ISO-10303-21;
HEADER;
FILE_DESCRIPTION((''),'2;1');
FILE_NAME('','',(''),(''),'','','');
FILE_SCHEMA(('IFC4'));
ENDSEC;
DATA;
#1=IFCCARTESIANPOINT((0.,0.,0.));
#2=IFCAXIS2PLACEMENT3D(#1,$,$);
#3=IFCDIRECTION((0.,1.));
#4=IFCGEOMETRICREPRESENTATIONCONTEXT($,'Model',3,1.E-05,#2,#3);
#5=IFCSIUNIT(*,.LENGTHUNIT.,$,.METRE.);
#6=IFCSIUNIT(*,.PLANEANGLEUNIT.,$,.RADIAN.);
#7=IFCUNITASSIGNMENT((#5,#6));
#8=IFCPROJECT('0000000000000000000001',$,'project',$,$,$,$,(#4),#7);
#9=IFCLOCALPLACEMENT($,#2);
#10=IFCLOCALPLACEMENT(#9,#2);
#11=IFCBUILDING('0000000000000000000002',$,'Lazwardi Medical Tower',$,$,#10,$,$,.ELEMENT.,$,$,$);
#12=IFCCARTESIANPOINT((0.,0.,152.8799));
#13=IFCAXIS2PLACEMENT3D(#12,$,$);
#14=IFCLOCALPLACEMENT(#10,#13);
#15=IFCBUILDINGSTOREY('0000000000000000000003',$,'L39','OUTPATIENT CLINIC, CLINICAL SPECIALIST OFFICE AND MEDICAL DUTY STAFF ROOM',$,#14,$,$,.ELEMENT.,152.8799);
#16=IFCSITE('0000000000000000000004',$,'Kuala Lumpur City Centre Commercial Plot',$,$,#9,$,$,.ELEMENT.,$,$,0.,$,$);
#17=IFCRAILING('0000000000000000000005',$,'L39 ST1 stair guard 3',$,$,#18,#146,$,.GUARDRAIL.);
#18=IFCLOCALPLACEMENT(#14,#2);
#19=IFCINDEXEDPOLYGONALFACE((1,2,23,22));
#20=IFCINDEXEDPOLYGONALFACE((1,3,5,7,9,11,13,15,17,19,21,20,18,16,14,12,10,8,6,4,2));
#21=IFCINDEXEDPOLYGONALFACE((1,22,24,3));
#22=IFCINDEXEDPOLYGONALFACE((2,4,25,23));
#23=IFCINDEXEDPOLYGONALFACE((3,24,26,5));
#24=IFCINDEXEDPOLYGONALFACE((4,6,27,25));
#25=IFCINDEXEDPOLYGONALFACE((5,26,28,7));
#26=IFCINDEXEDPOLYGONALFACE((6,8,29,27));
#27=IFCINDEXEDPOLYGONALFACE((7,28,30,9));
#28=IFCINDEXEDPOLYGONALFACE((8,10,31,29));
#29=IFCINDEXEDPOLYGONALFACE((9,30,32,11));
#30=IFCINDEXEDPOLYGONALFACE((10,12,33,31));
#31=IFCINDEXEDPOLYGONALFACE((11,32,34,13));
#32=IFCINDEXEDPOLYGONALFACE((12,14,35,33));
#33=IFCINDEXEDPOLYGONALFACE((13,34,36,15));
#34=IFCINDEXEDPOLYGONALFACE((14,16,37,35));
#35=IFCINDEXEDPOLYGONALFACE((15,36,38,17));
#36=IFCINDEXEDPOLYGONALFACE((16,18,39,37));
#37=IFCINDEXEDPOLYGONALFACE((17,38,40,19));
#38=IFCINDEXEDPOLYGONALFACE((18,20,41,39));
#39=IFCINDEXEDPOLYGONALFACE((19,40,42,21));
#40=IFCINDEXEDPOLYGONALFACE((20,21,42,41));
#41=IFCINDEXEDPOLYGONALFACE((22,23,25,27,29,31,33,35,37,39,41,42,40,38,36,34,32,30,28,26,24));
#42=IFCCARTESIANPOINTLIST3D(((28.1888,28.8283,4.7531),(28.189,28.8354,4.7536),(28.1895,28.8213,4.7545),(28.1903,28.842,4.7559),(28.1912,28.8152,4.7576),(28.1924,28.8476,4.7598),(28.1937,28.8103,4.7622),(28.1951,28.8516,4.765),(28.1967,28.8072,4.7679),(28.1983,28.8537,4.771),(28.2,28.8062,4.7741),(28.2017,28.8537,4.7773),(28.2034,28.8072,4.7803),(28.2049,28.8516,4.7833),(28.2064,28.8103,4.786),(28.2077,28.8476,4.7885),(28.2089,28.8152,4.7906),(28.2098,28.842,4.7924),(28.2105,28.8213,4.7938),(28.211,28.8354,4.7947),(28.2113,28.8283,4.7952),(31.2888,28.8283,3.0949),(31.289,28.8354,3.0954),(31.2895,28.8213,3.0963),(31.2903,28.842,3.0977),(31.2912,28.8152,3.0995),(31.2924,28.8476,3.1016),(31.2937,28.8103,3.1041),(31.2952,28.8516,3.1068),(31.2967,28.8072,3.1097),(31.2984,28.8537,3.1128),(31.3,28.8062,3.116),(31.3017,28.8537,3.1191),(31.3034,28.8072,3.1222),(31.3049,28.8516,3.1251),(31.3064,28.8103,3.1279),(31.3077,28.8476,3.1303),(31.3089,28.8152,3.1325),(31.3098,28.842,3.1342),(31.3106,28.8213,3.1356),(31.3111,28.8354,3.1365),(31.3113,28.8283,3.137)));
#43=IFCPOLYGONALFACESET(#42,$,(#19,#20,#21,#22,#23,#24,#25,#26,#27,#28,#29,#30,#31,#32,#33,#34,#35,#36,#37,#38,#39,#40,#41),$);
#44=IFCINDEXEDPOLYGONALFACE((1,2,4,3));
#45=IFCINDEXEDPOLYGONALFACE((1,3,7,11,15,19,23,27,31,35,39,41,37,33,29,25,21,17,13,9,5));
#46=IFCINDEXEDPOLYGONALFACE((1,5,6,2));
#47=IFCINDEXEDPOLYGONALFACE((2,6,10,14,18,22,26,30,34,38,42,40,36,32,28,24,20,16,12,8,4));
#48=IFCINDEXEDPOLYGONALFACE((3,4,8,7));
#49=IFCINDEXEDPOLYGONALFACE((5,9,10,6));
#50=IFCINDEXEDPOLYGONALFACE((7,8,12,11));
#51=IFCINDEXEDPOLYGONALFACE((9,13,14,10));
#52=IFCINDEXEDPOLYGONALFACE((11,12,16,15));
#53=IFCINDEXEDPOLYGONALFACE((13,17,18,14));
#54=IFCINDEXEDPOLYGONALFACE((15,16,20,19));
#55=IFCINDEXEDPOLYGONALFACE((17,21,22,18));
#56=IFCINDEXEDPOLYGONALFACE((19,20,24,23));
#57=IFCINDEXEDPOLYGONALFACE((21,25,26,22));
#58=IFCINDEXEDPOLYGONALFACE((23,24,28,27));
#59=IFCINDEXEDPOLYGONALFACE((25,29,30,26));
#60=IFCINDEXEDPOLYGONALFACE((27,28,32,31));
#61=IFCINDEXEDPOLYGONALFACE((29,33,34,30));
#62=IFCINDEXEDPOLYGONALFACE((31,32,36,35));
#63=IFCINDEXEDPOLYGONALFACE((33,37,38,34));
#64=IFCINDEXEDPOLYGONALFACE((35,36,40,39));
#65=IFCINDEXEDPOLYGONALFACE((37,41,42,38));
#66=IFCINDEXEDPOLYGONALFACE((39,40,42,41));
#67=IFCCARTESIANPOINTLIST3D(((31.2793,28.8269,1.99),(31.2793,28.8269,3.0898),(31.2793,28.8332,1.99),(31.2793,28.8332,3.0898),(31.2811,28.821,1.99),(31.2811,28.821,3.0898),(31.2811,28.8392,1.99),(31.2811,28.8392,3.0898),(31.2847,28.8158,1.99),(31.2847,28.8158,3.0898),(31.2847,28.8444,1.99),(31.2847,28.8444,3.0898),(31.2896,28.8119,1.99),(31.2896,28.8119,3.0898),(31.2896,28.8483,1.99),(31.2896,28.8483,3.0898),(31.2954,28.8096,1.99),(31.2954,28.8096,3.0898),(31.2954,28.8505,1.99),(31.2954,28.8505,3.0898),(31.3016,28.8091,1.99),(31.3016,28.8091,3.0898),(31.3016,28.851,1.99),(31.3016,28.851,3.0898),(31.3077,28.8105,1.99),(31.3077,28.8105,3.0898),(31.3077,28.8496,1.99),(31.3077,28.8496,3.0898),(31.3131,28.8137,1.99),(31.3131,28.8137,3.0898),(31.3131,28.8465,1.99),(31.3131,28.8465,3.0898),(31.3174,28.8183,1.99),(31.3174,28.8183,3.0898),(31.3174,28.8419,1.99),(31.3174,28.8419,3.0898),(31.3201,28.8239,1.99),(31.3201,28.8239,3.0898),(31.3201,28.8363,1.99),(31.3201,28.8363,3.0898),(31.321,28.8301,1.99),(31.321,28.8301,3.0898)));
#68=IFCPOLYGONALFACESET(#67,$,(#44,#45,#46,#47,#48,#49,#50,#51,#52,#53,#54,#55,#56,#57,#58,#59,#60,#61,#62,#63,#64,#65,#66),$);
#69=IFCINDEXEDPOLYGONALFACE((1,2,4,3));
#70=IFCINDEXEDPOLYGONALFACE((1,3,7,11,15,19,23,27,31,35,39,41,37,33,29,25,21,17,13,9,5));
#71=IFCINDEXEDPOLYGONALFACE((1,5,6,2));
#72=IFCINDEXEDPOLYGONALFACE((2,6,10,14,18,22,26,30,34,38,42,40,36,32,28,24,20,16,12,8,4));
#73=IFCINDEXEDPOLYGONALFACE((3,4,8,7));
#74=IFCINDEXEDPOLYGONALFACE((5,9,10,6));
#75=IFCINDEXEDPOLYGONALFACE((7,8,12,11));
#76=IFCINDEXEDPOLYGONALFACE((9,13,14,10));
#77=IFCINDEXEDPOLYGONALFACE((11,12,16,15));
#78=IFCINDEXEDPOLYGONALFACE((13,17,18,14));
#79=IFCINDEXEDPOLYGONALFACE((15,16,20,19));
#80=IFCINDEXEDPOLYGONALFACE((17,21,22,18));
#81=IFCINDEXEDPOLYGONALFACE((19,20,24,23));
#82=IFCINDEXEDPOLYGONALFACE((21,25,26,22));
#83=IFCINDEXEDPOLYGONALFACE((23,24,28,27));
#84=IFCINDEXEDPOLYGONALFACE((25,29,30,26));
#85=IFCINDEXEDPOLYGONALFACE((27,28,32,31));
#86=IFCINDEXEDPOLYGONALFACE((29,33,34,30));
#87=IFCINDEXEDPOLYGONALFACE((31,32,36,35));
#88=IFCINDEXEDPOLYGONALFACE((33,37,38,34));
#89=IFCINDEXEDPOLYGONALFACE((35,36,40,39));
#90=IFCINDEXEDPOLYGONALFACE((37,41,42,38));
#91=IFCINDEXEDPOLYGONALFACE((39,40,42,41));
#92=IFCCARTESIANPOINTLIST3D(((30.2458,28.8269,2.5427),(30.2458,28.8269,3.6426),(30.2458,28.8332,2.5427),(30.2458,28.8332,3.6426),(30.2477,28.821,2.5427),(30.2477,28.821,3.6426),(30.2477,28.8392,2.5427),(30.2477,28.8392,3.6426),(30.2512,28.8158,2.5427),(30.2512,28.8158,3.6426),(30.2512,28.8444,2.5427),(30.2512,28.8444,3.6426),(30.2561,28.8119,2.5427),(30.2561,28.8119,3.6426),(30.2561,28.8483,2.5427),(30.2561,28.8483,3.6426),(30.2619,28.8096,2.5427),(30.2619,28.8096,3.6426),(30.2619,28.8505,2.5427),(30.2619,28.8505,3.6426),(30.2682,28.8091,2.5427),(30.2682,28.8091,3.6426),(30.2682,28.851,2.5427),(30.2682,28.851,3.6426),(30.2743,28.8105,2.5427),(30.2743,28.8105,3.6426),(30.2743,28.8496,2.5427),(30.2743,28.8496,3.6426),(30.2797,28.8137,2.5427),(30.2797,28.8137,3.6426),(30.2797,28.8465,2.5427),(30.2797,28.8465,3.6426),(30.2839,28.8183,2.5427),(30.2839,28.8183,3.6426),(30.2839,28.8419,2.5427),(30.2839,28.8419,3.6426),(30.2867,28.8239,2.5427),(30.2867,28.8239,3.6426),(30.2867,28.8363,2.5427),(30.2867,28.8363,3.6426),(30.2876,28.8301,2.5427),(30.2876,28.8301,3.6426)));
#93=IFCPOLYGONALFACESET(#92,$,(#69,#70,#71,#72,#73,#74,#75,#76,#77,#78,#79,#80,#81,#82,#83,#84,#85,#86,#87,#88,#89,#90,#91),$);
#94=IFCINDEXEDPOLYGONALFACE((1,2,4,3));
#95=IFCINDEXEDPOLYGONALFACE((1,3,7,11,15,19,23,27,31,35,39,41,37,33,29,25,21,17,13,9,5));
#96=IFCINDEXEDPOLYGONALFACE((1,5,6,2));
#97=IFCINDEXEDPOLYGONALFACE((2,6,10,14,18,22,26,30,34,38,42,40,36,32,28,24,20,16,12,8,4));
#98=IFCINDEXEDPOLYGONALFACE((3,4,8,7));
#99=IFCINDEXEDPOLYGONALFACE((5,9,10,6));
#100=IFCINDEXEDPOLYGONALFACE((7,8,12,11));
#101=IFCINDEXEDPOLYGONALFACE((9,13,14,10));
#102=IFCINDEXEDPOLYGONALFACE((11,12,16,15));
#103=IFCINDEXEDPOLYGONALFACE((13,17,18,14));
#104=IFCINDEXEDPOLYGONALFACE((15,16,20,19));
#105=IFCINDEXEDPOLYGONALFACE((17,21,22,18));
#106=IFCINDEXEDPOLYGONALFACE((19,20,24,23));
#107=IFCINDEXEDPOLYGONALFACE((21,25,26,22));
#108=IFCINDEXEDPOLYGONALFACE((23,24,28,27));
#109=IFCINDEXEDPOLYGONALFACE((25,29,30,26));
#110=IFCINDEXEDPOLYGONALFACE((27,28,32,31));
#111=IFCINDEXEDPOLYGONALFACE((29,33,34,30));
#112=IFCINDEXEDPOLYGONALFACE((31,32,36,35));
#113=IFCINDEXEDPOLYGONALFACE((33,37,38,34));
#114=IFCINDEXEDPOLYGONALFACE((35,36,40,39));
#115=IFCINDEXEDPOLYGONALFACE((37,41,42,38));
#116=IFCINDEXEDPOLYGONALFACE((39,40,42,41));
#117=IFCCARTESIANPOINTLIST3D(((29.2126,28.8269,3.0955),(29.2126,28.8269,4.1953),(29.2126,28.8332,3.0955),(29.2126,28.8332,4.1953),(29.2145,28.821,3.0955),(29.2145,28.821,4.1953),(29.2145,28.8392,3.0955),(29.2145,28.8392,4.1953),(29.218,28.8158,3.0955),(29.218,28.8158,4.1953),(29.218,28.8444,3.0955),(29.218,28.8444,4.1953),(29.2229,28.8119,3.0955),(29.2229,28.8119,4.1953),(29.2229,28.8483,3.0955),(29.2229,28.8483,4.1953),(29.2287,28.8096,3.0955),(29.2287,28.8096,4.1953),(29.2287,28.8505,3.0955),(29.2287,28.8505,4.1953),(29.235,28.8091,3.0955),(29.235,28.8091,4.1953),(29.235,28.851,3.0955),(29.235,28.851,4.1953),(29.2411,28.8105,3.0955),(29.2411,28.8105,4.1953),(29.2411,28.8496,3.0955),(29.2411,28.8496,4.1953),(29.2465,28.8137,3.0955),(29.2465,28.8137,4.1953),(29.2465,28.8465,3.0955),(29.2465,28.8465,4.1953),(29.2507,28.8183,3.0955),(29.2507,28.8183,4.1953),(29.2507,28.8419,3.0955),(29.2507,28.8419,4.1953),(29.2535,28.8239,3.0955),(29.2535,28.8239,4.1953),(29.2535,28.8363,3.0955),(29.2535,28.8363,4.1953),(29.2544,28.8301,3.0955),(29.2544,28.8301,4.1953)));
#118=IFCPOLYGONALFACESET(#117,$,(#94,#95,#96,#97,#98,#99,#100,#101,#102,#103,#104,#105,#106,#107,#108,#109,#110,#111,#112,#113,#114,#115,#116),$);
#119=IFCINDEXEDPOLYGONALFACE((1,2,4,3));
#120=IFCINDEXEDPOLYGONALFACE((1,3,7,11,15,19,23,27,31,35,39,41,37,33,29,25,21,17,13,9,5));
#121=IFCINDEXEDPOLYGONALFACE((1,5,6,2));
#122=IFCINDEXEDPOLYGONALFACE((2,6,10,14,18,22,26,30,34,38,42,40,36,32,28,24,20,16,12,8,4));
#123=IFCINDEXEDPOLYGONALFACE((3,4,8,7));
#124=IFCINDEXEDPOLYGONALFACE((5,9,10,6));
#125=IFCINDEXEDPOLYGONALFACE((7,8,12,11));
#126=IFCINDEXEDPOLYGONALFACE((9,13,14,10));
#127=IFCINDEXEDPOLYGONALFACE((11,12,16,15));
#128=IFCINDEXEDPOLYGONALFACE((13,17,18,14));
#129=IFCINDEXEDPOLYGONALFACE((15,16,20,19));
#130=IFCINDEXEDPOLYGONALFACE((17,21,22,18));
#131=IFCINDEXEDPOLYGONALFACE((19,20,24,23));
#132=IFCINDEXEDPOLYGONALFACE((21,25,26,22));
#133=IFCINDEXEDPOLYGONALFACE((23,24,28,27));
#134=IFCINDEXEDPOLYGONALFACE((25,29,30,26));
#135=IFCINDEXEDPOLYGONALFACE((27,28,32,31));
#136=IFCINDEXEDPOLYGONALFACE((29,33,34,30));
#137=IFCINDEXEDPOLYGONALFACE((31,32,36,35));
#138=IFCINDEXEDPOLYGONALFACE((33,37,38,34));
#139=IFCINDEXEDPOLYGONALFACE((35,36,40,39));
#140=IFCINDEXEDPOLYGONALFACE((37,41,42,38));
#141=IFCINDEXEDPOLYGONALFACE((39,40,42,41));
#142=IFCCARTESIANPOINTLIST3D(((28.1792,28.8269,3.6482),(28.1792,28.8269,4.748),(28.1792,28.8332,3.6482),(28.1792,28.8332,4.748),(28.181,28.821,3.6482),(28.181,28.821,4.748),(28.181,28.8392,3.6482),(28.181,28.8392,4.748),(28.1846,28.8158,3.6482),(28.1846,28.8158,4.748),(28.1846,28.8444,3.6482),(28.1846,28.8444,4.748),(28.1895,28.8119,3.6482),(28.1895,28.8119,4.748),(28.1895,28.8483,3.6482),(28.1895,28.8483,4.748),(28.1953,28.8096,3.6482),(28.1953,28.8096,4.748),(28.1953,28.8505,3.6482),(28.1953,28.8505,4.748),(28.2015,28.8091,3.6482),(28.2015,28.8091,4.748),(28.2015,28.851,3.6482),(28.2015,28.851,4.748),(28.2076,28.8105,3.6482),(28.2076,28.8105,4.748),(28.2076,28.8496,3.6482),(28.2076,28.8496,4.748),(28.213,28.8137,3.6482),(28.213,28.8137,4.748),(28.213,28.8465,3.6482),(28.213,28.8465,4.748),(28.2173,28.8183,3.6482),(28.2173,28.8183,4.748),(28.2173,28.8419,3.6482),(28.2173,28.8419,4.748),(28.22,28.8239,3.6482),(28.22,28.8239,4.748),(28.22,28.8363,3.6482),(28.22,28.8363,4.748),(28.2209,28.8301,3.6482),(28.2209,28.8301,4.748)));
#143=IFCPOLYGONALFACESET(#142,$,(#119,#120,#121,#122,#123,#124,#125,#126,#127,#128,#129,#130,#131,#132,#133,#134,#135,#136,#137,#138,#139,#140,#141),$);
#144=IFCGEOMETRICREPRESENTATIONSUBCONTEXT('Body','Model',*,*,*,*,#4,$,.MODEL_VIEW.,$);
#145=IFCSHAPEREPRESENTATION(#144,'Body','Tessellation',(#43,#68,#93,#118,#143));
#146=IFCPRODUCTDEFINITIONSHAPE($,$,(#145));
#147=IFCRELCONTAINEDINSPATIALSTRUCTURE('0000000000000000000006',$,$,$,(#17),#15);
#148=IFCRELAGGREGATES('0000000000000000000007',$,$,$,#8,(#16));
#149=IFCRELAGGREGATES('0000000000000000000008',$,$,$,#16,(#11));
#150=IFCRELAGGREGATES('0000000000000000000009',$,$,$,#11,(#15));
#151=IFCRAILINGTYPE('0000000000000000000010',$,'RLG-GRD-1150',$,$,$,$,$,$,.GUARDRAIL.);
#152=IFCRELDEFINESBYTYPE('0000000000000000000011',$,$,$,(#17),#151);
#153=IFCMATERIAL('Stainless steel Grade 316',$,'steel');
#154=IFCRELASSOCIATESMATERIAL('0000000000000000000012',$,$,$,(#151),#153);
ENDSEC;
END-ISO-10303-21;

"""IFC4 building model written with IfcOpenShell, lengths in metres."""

from ifc_helpers import new_model, si_unit, direction, frame, origin, origin_2d, place, context, subcontext, project, spatial, circle, extrude, material, type_object, element, save


model = new_model("IFC4")

# Units and contexts
model_context = context("Model", 3, precision=1e-05, world=origin(), true_north=direction((0.0, 1.0)))
body_context = subcontext(model_context, "Body", "Model", "MODEL_VIEW")
ifc_project = project(units=[si_unit("LENGTHUNIT", "METRE"), si_unit("PLANEANGLEUNIT", "RADIAN")], contexts=[model_context])

# Site, building, storey
site_placement = place(None, origin())
site = spatial("IfcSite", under=ifc_project, at=site_placement, Name="Kuala Lumpur City Centre Commercial Plot", CompositionType="ELEMENT", RefElevation=0.0)
building_placement = place(site_placement, origin())
building = spatial("IfcBuilding", under=site, at=building_placement, Name="Lazwardi Medical Tower", CompositionType="ELEMENT")
storey_placement = place(building_placement, frame((0.0, 0.0, 152.8799)))
storey = spatial("IfcBuildingStorey", under=building, at=storey_placement, Name="L39", Description="OUTPATIENT CLINIC, CLINICAL SPECIALIST OFFICE AND MEDICAL DUTY STAFF ROOM", CompositionType="ELEMENT", Elevation=152.8799)

# Railing
ifc_material_1 = material(Name="Stainless steel Grade 316", Category="steel")
railing_type_1 = type_object("IfcRailingType", Name="RLG-GRD-1150", PredefinedType="GUARDRAIL", material=ifc_material_1)
railing_1_placement = place(storey_placement, frame((31.3, 28.8301, 1.99)))
element("IfcRailing", 1, at=railing_1_placement, inside=storey, type_object=railing_type_1, Name="L39 ST1 stair guard 3", PredefinedType="GUARDRAIL", context=body_context, shape_type="SweptSolid", body=[
    extrude(circle(Radius=0.0239, at=origin_2d()), frame((0.0, 0.0, 1.126), z_axis=(-0.881783, 0.0, 0.471655), x_axis=(0.0, -1.0, 0.0)), (0.0, 0.0, 1.0), 3.5156),
    extrude(circle(Radius=0.021, at=origin_2d()), origin(), (0.0, 0.0, 1.0), 1.0999),
    extrude(circle(Radius=0.021, at=origin_2d()), frame((-1.0334, 0.0, 0.5527)), (0.0, 0.0, 1.0), 1.0999),
    extrude(circle(Radius=0.021, at=origin_2d()), frame((-2.0667, 0.0, 1.1055)), (0.0, 0.0, 1.0), 1.0999),
    extrude(circle(Radius=0.021, at=origin_2d()), frame((-3.1001, 0.0, 1.6582)), (0.0, 0.0, 1.0), 1.0999),
])

save(model, "model.ifc")
